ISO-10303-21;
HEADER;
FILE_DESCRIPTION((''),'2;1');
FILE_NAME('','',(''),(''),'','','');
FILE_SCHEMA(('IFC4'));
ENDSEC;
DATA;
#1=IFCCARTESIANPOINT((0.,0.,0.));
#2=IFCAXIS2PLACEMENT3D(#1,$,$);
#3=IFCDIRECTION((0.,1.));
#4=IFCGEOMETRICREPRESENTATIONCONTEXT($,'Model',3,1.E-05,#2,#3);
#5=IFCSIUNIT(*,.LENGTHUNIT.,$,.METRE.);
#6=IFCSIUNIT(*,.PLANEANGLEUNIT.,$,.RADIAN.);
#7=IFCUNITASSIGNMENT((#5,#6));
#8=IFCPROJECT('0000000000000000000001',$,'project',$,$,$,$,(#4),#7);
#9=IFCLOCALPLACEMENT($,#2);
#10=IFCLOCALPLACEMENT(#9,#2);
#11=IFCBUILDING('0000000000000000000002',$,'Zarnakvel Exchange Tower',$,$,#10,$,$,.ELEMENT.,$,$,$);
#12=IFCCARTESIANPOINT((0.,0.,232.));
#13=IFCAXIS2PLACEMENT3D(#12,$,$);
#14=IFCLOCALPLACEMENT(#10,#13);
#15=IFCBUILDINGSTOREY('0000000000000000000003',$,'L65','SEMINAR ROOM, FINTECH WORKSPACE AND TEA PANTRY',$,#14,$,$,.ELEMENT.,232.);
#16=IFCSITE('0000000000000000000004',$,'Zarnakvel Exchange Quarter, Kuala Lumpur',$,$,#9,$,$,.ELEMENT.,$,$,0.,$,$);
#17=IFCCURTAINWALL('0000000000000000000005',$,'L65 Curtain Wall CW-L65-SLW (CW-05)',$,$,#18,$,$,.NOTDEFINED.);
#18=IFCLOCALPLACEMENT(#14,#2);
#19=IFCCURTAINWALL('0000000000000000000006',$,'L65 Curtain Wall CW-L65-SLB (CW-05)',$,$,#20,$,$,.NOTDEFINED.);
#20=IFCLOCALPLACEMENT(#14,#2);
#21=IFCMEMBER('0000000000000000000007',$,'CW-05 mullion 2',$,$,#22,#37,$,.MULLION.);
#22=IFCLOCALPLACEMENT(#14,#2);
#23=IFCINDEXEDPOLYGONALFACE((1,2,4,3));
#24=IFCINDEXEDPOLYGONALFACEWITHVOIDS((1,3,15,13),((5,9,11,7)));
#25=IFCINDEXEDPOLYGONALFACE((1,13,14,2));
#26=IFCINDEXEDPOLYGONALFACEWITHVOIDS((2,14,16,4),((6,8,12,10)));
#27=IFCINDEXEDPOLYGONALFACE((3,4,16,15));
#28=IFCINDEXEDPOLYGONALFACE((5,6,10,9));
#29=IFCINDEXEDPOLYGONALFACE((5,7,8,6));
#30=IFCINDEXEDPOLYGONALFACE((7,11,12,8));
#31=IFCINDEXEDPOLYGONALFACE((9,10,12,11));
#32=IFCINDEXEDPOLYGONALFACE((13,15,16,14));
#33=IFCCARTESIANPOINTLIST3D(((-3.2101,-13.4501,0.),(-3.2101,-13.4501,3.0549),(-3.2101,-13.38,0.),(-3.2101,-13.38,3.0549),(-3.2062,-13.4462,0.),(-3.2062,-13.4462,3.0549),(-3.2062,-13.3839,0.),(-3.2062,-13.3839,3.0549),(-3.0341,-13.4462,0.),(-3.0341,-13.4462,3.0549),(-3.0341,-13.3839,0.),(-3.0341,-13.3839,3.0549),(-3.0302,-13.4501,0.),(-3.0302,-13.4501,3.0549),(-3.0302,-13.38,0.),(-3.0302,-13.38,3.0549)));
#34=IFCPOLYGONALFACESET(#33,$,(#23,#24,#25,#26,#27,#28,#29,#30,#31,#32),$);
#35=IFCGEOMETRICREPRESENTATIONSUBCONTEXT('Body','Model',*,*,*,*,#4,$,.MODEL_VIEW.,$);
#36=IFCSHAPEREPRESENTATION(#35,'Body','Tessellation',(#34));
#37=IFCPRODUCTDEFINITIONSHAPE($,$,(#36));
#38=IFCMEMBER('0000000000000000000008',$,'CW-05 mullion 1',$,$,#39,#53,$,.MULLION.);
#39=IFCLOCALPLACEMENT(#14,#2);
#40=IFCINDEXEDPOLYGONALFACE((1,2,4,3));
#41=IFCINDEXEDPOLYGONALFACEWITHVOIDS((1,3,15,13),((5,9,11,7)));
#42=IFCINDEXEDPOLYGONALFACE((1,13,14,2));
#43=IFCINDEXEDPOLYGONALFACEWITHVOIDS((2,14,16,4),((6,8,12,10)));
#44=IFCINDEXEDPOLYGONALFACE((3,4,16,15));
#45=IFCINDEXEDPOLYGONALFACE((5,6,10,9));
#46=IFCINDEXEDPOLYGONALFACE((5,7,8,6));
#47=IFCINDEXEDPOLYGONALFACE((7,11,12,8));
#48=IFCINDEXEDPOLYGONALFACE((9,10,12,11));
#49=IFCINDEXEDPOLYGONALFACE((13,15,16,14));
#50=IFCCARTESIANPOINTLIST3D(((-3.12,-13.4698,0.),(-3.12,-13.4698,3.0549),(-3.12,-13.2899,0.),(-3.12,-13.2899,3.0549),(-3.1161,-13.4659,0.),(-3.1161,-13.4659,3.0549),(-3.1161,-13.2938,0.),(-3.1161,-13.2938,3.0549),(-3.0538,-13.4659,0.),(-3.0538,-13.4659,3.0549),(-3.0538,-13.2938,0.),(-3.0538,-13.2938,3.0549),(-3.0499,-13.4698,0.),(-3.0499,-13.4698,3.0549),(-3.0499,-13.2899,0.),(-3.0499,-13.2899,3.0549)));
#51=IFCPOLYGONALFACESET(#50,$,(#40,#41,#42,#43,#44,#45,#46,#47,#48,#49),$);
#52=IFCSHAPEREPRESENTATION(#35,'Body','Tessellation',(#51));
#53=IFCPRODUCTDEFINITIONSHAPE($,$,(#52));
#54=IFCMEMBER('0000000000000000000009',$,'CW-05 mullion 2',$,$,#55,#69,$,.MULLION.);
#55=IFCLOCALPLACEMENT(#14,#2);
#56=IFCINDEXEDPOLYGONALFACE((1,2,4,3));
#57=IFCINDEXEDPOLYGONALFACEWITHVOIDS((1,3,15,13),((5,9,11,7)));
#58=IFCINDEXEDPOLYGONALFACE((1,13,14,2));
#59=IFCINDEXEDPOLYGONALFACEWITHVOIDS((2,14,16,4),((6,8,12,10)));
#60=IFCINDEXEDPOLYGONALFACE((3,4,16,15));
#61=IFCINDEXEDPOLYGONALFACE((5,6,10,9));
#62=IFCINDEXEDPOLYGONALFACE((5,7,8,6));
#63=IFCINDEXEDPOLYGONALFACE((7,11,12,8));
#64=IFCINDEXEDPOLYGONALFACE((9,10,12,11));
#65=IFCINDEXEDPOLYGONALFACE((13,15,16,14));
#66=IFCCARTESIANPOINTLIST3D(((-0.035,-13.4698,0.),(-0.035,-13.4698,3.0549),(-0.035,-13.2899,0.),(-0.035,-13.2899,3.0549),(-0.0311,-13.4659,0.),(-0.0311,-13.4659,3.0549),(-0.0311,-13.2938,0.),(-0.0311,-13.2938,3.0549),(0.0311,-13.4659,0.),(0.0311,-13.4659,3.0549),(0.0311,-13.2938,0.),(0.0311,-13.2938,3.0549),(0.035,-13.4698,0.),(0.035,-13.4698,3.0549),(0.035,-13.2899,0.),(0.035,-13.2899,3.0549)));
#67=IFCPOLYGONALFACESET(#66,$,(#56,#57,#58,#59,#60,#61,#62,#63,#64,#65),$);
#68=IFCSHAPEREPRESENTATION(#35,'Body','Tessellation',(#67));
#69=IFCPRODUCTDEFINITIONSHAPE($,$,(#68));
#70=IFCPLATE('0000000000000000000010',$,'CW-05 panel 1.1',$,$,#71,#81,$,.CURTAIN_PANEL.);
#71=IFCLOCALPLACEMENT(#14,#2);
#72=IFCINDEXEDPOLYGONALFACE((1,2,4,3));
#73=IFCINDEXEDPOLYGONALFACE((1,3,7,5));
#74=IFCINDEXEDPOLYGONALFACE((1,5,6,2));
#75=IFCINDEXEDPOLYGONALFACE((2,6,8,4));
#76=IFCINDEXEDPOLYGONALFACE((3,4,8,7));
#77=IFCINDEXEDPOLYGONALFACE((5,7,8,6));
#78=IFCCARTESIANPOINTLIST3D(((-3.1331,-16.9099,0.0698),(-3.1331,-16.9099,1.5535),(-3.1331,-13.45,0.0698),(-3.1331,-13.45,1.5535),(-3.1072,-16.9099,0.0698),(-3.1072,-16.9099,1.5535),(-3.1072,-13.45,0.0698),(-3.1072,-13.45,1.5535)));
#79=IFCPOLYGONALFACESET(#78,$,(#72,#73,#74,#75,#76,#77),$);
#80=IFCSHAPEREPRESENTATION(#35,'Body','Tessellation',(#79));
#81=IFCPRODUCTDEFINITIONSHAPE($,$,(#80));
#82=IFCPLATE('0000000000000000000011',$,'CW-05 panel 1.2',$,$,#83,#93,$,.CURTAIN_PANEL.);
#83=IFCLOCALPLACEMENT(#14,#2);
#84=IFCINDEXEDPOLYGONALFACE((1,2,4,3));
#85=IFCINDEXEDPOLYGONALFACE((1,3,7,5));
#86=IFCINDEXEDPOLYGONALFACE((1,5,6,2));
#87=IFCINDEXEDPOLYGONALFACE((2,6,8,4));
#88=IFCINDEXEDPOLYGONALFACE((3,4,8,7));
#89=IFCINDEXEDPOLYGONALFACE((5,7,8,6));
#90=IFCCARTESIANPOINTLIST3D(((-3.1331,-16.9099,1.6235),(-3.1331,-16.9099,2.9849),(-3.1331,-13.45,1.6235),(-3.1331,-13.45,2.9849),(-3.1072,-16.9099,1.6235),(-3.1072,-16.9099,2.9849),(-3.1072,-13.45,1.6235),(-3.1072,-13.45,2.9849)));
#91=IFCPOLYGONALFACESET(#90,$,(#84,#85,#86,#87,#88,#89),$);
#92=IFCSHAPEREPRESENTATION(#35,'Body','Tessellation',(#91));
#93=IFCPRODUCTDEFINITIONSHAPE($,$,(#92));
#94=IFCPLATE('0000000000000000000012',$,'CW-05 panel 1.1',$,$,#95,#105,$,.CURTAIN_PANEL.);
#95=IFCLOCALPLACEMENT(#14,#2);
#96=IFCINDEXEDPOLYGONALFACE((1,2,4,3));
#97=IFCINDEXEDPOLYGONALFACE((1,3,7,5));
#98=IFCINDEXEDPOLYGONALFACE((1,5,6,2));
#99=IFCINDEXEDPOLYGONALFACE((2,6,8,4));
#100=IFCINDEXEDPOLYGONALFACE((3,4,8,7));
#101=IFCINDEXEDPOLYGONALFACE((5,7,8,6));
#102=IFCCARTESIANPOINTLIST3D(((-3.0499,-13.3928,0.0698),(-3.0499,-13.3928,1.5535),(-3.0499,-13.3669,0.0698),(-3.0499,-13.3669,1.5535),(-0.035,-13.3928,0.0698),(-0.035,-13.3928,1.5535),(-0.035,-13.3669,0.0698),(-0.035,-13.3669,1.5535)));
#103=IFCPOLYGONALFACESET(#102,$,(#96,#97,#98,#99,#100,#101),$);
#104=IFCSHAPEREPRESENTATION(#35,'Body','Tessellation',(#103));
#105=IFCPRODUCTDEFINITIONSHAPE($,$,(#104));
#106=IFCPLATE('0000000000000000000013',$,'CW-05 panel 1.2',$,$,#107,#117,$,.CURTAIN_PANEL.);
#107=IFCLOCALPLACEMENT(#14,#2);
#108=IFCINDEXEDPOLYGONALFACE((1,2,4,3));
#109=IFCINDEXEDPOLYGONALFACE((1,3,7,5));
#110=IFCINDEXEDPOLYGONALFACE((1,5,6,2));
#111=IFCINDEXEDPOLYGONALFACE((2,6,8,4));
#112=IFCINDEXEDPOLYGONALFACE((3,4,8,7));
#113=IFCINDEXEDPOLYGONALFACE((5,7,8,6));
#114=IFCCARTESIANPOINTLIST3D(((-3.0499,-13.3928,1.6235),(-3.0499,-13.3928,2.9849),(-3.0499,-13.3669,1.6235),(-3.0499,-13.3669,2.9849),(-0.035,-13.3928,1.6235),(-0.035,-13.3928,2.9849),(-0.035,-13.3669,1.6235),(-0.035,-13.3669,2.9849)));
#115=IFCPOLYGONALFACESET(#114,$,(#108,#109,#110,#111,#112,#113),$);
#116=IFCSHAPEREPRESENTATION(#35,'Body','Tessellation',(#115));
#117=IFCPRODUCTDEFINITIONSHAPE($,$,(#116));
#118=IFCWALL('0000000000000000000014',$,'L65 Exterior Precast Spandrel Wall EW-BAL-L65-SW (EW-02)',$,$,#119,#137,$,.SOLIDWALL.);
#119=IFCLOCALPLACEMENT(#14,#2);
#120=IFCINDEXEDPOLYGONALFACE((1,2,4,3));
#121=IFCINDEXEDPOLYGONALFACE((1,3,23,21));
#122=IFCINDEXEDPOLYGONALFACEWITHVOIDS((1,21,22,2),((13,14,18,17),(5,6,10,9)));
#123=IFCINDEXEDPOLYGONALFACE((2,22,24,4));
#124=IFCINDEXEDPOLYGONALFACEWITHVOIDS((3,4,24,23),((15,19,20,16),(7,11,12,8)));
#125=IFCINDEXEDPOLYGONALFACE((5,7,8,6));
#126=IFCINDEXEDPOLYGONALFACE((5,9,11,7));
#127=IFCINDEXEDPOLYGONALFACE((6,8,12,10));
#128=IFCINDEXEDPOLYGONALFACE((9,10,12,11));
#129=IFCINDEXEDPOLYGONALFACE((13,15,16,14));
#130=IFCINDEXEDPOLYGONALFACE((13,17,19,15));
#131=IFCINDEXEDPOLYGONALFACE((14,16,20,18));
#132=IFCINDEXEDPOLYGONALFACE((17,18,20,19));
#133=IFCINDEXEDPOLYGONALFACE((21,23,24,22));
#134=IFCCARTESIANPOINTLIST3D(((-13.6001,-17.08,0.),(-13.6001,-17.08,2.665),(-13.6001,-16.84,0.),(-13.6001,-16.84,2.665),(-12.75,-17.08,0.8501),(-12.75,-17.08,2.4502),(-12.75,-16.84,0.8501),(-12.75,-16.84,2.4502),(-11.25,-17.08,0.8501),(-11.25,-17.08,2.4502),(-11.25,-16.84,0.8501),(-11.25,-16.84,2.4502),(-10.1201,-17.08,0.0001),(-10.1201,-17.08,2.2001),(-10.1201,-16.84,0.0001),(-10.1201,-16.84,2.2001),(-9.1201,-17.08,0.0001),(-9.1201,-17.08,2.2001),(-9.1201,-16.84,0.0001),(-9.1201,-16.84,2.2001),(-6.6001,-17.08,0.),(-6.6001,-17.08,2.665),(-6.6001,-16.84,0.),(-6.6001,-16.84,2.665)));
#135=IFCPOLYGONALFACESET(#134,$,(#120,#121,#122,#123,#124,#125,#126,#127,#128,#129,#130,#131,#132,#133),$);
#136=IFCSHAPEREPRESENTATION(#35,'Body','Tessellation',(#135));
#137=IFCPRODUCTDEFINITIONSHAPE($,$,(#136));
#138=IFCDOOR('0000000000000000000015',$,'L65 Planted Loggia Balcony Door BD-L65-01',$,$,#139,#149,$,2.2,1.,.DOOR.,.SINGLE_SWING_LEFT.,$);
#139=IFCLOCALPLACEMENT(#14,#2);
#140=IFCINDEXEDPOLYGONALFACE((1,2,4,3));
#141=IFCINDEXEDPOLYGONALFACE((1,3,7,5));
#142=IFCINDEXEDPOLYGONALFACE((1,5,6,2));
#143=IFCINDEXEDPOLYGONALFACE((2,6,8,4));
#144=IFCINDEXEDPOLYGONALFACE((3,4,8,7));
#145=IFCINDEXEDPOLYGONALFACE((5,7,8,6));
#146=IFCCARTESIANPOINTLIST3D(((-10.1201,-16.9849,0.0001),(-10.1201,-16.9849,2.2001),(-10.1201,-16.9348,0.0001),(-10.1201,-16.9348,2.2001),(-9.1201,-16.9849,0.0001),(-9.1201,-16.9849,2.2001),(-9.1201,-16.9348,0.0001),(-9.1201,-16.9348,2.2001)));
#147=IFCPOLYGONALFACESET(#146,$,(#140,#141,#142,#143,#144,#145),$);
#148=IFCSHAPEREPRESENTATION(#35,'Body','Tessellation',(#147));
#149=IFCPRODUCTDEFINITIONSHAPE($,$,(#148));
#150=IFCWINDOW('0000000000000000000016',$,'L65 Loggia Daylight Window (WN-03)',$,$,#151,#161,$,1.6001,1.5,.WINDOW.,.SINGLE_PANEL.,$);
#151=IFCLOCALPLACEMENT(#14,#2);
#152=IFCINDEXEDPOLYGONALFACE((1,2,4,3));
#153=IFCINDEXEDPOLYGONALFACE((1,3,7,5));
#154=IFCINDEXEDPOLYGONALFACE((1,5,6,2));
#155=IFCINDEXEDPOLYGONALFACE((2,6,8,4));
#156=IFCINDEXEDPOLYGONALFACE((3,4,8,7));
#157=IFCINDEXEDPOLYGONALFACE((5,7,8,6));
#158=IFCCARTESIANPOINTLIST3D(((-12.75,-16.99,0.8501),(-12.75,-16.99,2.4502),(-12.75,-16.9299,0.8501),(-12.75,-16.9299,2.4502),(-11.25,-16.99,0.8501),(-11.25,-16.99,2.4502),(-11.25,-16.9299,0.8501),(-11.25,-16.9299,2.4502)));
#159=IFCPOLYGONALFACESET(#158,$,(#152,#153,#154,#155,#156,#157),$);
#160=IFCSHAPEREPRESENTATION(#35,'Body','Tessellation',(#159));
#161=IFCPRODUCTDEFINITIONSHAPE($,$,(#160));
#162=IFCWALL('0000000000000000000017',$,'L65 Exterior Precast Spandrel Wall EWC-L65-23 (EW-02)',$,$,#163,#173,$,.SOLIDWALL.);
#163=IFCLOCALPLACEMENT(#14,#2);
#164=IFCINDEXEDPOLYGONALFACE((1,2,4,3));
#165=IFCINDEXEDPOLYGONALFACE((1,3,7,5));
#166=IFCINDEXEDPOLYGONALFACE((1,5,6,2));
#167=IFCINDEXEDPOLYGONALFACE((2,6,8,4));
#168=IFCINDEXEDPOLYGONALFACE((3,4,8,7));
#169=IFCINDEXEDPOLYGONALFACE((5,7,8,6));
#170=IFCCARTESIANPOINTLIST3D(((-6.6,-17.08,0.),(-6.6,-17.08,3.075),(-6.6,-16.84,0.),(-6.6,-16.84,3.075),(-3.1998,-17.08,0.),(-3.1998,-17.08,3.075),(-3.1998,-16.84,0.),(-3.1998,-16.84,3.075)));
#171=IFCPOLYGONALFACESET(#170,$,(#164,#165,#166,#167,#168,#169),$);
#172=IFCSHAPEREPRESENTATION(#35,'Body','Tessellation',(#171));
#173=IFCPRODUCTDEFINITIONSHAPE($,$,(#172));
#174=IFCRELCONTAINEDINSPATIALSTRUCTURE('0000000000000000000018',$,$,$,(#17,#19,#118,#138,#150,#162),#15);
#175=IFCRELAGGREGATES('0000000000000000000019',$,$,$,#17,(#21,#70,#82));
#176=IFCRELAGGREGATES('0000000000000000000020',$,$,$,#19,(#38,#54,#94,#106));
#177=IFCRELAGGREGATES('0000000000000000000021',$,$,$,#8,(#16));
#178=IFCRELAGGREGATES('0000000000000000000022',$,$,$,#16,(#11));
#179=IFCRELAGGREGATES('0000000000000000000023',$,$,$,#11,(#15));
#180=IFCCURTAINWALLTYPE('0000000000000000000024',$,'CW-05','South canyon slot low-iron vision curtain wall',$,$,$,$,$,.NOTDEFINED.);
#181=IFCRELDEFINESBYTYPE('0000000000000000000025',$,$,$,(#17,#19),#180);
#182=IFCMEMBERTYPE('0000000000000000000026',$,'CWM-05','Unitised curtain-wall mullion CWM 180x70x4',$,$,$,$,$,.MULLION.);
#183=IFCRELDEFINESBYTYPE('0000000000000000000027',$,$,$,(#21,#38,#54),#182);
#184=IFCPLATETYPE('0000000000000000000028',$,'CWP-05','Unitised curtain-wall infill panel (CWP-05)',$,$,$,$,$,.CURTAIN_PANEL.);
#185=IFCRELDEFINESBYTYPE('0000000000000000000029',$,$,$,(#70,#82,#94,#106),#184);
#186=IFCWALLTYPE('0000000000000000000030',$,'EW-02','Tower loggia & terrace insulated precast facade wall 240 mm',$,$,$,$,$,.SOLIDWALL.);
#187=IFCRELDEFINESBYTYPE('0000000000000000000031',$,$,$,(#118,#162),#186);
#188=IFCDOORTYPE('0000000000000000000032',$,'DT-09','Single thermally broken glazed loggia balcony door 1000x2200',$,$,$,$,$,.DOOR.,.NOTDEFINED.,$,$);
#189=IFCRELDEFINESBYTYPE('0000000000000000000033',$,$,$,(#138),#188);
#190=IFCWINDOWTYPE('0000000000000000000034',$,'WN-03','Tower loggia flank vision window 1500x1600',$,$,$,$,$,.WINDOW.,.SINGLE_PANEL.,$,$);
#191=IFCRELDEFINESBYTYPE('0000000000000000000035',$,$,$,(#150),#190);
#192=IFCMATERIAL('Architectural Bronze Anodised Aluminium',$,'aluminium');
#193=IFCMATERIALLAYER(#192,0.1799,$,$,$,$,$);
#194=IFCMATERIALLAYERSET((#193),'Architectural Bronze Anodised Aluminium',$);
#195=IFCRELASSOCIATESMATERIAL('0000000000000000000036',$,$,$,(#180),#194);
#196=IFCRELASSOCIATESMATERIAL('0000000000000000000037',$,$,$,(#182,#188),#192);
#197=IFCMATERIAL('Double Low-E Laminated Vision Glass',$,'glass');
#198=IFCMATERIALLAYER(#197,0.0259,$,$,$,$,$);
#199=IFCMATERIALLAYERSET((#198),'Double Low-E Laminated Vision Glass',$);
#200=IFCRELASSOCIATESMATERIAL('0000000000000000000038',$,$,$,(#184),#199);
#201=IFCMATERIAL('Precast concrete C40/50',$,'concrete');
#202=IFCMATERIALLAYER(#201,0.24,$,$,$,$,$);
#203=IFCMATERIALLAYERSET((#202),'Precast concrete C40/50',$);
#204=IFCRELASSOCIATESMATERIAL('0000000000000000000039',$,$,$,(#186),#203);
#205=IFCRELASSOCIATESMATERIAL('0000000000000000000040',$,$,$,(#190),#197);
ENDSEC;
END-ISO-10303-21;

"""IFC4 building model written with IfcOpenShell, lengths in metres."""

from ifc_helpers import new_model, si_unit, direction, frame, frame_2d, origin, origin_2d, place, context, subcontext, project, spatial, rectangle, hollow_rectangle, extrude, source, transform, mapped, material, layer, layer_set, material_profile, profile_set, type_object, element, fill, aggregate, save


model = new_model("IFC4")

# Units and contexts
model_context = context("Model", 3, precision=1e-05, world=origin(), true_north=direction((0.0, 1.0)))
body_context = subcontext(model_context, "Body", "Model", "MODEL_VIEW")
ifc_project = project(units=[si_unit("LENGTHUNIT", "METRE"), si_unit("PLANEANGLEUNIT", "RADIAN")], contexts=[model_context])

# Site, building, storey
site_placement = place(None, origin())
site = spatial("IfcSite", under=ifc_project, at=site_placement, Name="Zarnakvel Exchange Quarter, Kuala Lumpur", CompositionType="ELEMENT", RefElevation=0.0)
building_placement = place(site_placement, origin())
building = spatial("IfcBuilding", under=site, at=building_placement, Name="Zarnakvel Exchange Tower", CompositionType="ELEMENT")
storey_placement = place(building_placement, frame((0.0, 0.0, 232.0)))
storey = spatial("IfcBuildingStorey", under=building, at=storey_placement, Name="L65", Description="SEMINAR ROOM, FINTECH WORKSPACE AND TEA PANTRY", CompositionType="ELEMENT", Elevation=232.0)

# Curtain walls
ifc_material_1 = material(Name="Architectural Bronze Anodised Aluminium", Category="aluminium")
ifc_layer_1 = layer(ifc_material_1, 0.1799)
ifc_layer_set_1 = layer_set([ifc_layer_1], Name="Architectural Bronze Anodised Aluminium")
curtain_wall_type = type_object("IfcCurtainWallType", Name="CW-05", Description="South canyon slot low-iron vision curtain wall", PredefinedType="NOTDEFINED", material=ifc_layer_set_1)
curtain_wall_1_placement = place(storey_placement, origin())
curtain_wall_1 = element("IfcCurtainWall", 1, at=curtain_wall_1_placement, inside=storey, type_object=curtain_wall_type, Name="L65 Curtain Wall CW-L65-SLW (CW-05)", PredefinedType="NOTDEFINED")
curtain_wall_2_placement = place(storey_placement, origin())
curtain_wall_2 = element("IfcCurtainWall", 2, at=curtain_wall_2_placement, inside=storey, type_object=curtain_wall_type, Name="L65 Curtain Wall CW-L65-SLB (CW-05)", PredefinedType="NOTDEFINED")

# Members
ifc_material_profile_1 = material_profile(ifc_material_1, hollow_rectangle(XDim=0.1799, YDim=0.0701, WallThickness=0.0039, at=origin_2d()))
ifc_profile_set_1 = profile_set([ifc_material_profile_1], Name="Architectural Bronze Anodised Aluminium")
member_type_1 = type_object("IfcMemberType", Name="CWM-05", Description="Unitised curtain-wall mullion CWM 180x70x4", PredefinedType="MULLION", material=ifc_profile_set_1)
shared_shape_1 = source(origin(), body_context, "Body", "SweptSolid", [
    extrude(hollow_rectangle(XDim=0.1799, YDim=0.0701, WallThickness=0.0039, at=origin_2d()), origin(), (0.0, 0.0, 1.0), 3.0549),
])
member_1_placement = place(storey_placement, frame((-3.1201, -13.415, 0.0), z_axis=(0.0, 0.0, 1.0), x_axis=(-1.0, 0.0, 0.0)))
member_1 = element("IfcMember", 3, at=member_1_placement, type_object=member_type_1, Name="CW-05 mullion 2", PredefinedType="MULLION", context=body_context, shape_type="MappedRepresentation", body=[
    mapped(shared_shape_1, transform((0.0, 0.0, 0.0), x_axis=(1.0, 0.0, 0.0), y_axis=(0.0, 1.0, 0.0), z_axis=(0.0, 0.0, 1.0), scale=1.0)),
])
member_2_placement = place(storey_placement, frame((-3.085, -13.3799, 0.0), z_axis=(0.0, 0.0, 1.0), x_axis=(0.0, 1.0, 0.0)))
member_2 = element("IfcMember", 4, at=member_2_placement, type_object=member_type_1, Name="CW-05 mullion 1", PredefinedType="MULLION", context=body_context, shape_type="MappedRepresentation", body=[
    mapped(shared_shape_1, transform((0.0, 0.0, 0.0), x_axis=(1.0, 0.0, 0.0), y_axis=(0.0, 1.0, 0.0), z_axis=(0.0, 0.0, 1.0), scale=1.0)),
])
member_3_placement = place(storey_placement, frame((0.0, -13.3799, 0.0), z_axis=(0.0, 0.0, 1.0), x_axis=(0.0, 1.0, 0.0)))
member_3 = element("IfcMember", 5, at=member_3_placement, type_object=member_type_1, Name="CW-05 mullion 2", PredefinedType="MULLION", context=body_context, shape_type="MappedRepresentation", body=[
    mapped(shared_shape_1, transform((0.0, 0.0, 0.0), x_axis=(1.0, 0.0, 0.0), y_axis=(0.0, 1.0, 0.0), z_axis=(0.0, 0.0, 1.0), scale=1.0)),
])

# Plates
ifc_material_2 = material(Name="Double Low-E Laminated Vision Glass", Category="glass")
ifc_layer_2 = layer(ifc_material_2, 0.0259)
ifc_layer_set_2 = layer_set([ifc_layer_2], Name="Double Low-E Laminated Vision Glass")
plate_type = type_object("IfcPlateType", Name="CWP-05", Description="Unitised curtain-wall infill panel (CWP-05)", PredefinedType="CURTAIN_PANEL", material=ifc_layer_set_2)
shared_shape_2 = source(origin(), body_context, "Body", "SweptSolid", [
    extrude(rectangle(XDim=3.46, YDim=0.0259, at=origin_2d()), origin(), (0.0, 0.0, 1.0), 1.4836),
])
plate_1_placement = place(storey_placement, frame((-3.1201, -15.1799, 0.0698), z_axis=(0.0, 0.0, 1.0), x_axis=(0.0, 1.0, 0.0)))
plate_1 = element("IfcPlate", 6, at=plate_1_placement, type_object=plate_type, Name="CW-05 panel 1.1", PredefinedType="CURTAIN_PANEL", context=body_context, shape_type="MappedRepresentation", body=[
    mapped(shared_shape_2, transform((0.0, 0.0, 0.0), x_axis=(1.0, 0.0, 0.0), y_axis=(0.0, 1.0, 0.0), z_axis=(0.0, 0.0, 1.0), scale=1.0)),
])
shared_shape_3 = source(origin(), body_context, "Body", "SweptSolid", [
    extrude(rectangle(XDim=3.46, YDim=0.0259, at=origin_2d()), origin(), (0.0, 0.0, 1.0), 1.3613),
])
plate_2_placement = place(storey_placement, frame((-3.1201, -15.1799, 1.6235), z_axis=(0.0, 0.0, 1.0), x_axis=(0.0, 1.0, 0.0)))
plate_2 = element("IfcPlate", 7, at=plate_2_placement, type_object=plate_type, Name="CW-05 panel 1.2", PredefinedType="CURTAIN_PANEL", context=body_context, shape_type="MappedRepresentation", body=[
    mapped(shared_shape_3, transform((0.0, 0.0, 0.0), x_axis=(1.0, 0.0, 0.0), y_axis=(0.0, 1.0, 0.0), z_axis=(0.0, 0.0, 1.0), scale=1.0)),
])
aggregate(curtain_wall_1, [member_1, plate_1, plate_2])
shared_shape_4 = source(origin(), body_context, "Body", "SweptSolid", [
    extrude(rectangle(XDim=3.0149, YDim=0.0259, at=origin_2d()), origin(), (0.0, 0.0, 1.0), 1.4836),
])
plate_3_placement = place(storey_placement, frame((-1.5425, -13.3799, 0.0698), z_axis=(0.0, 0.0, 1.0), x_axis=(1.0, 0.0, 0.0)))
plate_3 = element("IfcPlate", 8, at=plate_3_placement, type_object=plate_type, Name="CW-05 panel 1.1", PredefinedType="CURTAIN_PANEL", context=body_context, shape_type="MappedRepresentation", body=[
    mapped(shared_shape_4, transform((0.0, 0.0, 0.0), x_axis=(1.0, 0.0, 0.0), y_axis=(0.0, 1.0, 0.0), z_axis=(0.0, 0.0, 1.0), scale=1.0)),
])
shared_shape_5 = source(origin(), body_context, "Body", "SweptSolid", [
    extrude(rectangle(XDim=3.0149, YDim=0.0259, at=origin_2d()), origin(), (0.0, 0.0, 1.0), 1.3613),
])
plate_4_placement = place(storey_placement, frame((-1.5425, -13.3799, 1.6235), z_axis=(0.0, 0.0, 1.0), x_axis=(1.0, 0.0, 0.0)))
plate_4 = element("IfcPlate", 9, at=plate_4_placement, type_object=plate_type, Name="CW-05 panel 1.2", PredefinedType="CURTAIN_PANEL", context=body_context, shape_type="MappedRepresentation", body=[
    mapped(shared_shape_5, transform((0.0, 0.0, 0.0), x_axis=(1.0, 0.0, 0.0), y_axis=(0.0, 1.0, 0.0), z_axis=(0.0, 0.0, 1.0), scale=1.0)),
])
aggregate(curtain_wall_2, [member_2, member_3, plate_3, plate_4])

# Wall, openings, door, window
ifc_material_3 = material(Name="Precast concrete C40/50", Category="concrete")
ifc_layer_3 = layer(ifc_material_3, 0.24)
ifc_layer_set_3 = layer_set([ifc_layer_3], Name="Precast concrete C40/50")
wall_type_1 = type_object("IfcWallType", Name="EW-02", Description="Tower loggia & terrace insulated precast facade wall 240 mm", PredefinedType="SOLIDWALL", material=ifc_layer_set_3)
wall_1_placement = place(storey_placement, frame((-6.6001, -16.96, 0.0), z_axis=(0.0, 0.0, 1.0), x_axis=(-1.0, 0.0, 0.0)))
wall_1 = element("IfcWall", 10, at=wall_1_placement, inside=storey, type_object=wall_type_1, Name="L65 Exterior Precast Spandrel Wall EW-BAL-L65-SW (EW-02)", PredefinedType="SOLIDWALL", context=body_context, shape_type="SweptSolid", body=[
    extrude(rectangle(XDim=7.0, YDim=0.24, at=frame_2d((3.5, 0.0))), origin(), (0.0, 0.0, 1.0), 2.665),
])
opening_1_placement = place(wall_1_placement, frame((2.52, 0.0, 0.0)))
opening_1 = element("IfcOpeningElement", 11, at=opening_1_placement, cuts=wall_1, PredefinedType="OPENING", context=body_context, shape_type="SweptSolid", body=[
    extrude(rectangle(XDim=1.0, YDim=2.2, at=frame_2d((0.5, 1.1001))), frame((0.0, 0.1299, 0.0), z_axis=(0.0, -1.0, 0.0), x_axis=(1.0, 0.0, 0.0)), (0.0, 0.0, 1.0), 0.26),
])
opening_2_placement = place(wall_1_placement, frame((4.6499, 0.0, 0.8501)))
opening_2 = element("IfcOpeningElement", 12, at=opening_2_placement, cuts=wall_1, PredefinedType="OPENING", context=body_context, shape_type="SweptSolid", body=[
    extrude(rectangle(XDim=1.5, YDim=1.6001, at=frame_2d((0.75, 0.8))), frame((0.0, 0.1299, 0.0), z_axis=(0.0, -1.0, 0.0), x_axis=(1.0, 0.0, 0.0)), (0.0, 0.0, 1.0), 0.26),
])
door_type_1 = type_object("IfcDoorType", Name="DT-09", Description="Single thermally broken glazed loggia balcony door 1000x2200", OperationType="NOTDEFINED", PredefinedType="DOOR", material=ifc_material_1)
shared_shape_6 = source(origin(), body_context, "Body", "SweptSolid", [
    extrude(rectangle(XDim=1.0, YDim=2.2, at=frame_2d((0.5, 1.1001))), frame((0.0, 0.0249, 0.0), z_axis=(0.0, -1.0, 0.0), x_axis=(1.0, 0.0, 0.0)), (0.0, 0.0, 1.0), 0.05),
])
door_1_placement = place(opening_1_placement, origin())
door_1 = element("IfcDoor", 13, at=door_1_placement, inside=storey, type_object=door_type_1, Name="L65 Planted Loggia Balcony Door BD-L65-01", OperationType="SINGLE_SWING_LEFT", OverallHeight=2.2, OverallWidth=1.0, PredefinedType="DOOR", context=body_context, shape_type="MappedRepresentation", body=[
    mapped(shared_shape_6, transform((0.0, 0.0, 0.0), x_axis=(1.0, 0.0, 0.0), y_axis=(0.0, 1.0, 0.0), z_axis=(0.0, 0.0, 1.0), scale=1.0)),
])
fill(opening_1, door_1)
window_type = type_object("IfcWindowType", Name="WN-03", Description="Tower loggia flank vision window 1500x1600", PartitioningType="SINGLE_PANEL", PredefinedType="WINDOW", material=ifc_material_2)
shared_shape_7 = source(origin(), body_context, "Body", "SweptSolid", [
    extrude(rectangle(XDim=1.5, YDim=1.6001, at=frame_2d((0.75, 0.8))), frame((0.0, 0.03, 0.0), z_axis=(0.0, -1.0, 0.0), x_axis=(1.0, 0.0, 0.0)), (0.0, 0.0, 1.0), 0.0601),
])
window_placement = place(opening_2_placement, origin())
window = element("IfcWindow", 14, at=window_placement, inside=storey, type_object=window_type, Name="L65 Loggia Daylight Window (WN-03)", OverallHeight=1.6001, OverallWidth=1.5, PartitioningType="SINGLE_PANEL", PredefinedType="WINDOW", context=body_context, shape_type="MappedRepresentation", body=[
    mapped(shared_shape_7, transform((0.0, 0.0, 0.0), x_axis=(1.0, 0.0, 0.0), y_axis=(0.0, 1.0, 0.0), z_axis=(0.0, 0.0, 1.0), scale=1.0)),
])
fill(opening_2, window)

# Wall
wall_2_placement = place(storey_placement, frame((-6.6001, -16.96, 0.0), z_axis=(0.0, 0.0, 1.0), x_axis=(1.0, 0.0, 0.0)))
element("IfcWall", 15, at=wall_2_placement, inside=storey, type_object=wall_type_1, Name="L65 Exterior Precast Spandrel Wall EWC-L65-23 (EW-02)", PredefinedType="SOLIDWALL", context=body_context, shape_type="SweptSolid", body=[
    extrude(rectangle(XDim=3.4001, YDim=0.24, at=frame_2d((1.7002, 0.0))), origin(), (0.0, 0.0, 1.0), 3.075),
])

save(model, "model.ifc")
